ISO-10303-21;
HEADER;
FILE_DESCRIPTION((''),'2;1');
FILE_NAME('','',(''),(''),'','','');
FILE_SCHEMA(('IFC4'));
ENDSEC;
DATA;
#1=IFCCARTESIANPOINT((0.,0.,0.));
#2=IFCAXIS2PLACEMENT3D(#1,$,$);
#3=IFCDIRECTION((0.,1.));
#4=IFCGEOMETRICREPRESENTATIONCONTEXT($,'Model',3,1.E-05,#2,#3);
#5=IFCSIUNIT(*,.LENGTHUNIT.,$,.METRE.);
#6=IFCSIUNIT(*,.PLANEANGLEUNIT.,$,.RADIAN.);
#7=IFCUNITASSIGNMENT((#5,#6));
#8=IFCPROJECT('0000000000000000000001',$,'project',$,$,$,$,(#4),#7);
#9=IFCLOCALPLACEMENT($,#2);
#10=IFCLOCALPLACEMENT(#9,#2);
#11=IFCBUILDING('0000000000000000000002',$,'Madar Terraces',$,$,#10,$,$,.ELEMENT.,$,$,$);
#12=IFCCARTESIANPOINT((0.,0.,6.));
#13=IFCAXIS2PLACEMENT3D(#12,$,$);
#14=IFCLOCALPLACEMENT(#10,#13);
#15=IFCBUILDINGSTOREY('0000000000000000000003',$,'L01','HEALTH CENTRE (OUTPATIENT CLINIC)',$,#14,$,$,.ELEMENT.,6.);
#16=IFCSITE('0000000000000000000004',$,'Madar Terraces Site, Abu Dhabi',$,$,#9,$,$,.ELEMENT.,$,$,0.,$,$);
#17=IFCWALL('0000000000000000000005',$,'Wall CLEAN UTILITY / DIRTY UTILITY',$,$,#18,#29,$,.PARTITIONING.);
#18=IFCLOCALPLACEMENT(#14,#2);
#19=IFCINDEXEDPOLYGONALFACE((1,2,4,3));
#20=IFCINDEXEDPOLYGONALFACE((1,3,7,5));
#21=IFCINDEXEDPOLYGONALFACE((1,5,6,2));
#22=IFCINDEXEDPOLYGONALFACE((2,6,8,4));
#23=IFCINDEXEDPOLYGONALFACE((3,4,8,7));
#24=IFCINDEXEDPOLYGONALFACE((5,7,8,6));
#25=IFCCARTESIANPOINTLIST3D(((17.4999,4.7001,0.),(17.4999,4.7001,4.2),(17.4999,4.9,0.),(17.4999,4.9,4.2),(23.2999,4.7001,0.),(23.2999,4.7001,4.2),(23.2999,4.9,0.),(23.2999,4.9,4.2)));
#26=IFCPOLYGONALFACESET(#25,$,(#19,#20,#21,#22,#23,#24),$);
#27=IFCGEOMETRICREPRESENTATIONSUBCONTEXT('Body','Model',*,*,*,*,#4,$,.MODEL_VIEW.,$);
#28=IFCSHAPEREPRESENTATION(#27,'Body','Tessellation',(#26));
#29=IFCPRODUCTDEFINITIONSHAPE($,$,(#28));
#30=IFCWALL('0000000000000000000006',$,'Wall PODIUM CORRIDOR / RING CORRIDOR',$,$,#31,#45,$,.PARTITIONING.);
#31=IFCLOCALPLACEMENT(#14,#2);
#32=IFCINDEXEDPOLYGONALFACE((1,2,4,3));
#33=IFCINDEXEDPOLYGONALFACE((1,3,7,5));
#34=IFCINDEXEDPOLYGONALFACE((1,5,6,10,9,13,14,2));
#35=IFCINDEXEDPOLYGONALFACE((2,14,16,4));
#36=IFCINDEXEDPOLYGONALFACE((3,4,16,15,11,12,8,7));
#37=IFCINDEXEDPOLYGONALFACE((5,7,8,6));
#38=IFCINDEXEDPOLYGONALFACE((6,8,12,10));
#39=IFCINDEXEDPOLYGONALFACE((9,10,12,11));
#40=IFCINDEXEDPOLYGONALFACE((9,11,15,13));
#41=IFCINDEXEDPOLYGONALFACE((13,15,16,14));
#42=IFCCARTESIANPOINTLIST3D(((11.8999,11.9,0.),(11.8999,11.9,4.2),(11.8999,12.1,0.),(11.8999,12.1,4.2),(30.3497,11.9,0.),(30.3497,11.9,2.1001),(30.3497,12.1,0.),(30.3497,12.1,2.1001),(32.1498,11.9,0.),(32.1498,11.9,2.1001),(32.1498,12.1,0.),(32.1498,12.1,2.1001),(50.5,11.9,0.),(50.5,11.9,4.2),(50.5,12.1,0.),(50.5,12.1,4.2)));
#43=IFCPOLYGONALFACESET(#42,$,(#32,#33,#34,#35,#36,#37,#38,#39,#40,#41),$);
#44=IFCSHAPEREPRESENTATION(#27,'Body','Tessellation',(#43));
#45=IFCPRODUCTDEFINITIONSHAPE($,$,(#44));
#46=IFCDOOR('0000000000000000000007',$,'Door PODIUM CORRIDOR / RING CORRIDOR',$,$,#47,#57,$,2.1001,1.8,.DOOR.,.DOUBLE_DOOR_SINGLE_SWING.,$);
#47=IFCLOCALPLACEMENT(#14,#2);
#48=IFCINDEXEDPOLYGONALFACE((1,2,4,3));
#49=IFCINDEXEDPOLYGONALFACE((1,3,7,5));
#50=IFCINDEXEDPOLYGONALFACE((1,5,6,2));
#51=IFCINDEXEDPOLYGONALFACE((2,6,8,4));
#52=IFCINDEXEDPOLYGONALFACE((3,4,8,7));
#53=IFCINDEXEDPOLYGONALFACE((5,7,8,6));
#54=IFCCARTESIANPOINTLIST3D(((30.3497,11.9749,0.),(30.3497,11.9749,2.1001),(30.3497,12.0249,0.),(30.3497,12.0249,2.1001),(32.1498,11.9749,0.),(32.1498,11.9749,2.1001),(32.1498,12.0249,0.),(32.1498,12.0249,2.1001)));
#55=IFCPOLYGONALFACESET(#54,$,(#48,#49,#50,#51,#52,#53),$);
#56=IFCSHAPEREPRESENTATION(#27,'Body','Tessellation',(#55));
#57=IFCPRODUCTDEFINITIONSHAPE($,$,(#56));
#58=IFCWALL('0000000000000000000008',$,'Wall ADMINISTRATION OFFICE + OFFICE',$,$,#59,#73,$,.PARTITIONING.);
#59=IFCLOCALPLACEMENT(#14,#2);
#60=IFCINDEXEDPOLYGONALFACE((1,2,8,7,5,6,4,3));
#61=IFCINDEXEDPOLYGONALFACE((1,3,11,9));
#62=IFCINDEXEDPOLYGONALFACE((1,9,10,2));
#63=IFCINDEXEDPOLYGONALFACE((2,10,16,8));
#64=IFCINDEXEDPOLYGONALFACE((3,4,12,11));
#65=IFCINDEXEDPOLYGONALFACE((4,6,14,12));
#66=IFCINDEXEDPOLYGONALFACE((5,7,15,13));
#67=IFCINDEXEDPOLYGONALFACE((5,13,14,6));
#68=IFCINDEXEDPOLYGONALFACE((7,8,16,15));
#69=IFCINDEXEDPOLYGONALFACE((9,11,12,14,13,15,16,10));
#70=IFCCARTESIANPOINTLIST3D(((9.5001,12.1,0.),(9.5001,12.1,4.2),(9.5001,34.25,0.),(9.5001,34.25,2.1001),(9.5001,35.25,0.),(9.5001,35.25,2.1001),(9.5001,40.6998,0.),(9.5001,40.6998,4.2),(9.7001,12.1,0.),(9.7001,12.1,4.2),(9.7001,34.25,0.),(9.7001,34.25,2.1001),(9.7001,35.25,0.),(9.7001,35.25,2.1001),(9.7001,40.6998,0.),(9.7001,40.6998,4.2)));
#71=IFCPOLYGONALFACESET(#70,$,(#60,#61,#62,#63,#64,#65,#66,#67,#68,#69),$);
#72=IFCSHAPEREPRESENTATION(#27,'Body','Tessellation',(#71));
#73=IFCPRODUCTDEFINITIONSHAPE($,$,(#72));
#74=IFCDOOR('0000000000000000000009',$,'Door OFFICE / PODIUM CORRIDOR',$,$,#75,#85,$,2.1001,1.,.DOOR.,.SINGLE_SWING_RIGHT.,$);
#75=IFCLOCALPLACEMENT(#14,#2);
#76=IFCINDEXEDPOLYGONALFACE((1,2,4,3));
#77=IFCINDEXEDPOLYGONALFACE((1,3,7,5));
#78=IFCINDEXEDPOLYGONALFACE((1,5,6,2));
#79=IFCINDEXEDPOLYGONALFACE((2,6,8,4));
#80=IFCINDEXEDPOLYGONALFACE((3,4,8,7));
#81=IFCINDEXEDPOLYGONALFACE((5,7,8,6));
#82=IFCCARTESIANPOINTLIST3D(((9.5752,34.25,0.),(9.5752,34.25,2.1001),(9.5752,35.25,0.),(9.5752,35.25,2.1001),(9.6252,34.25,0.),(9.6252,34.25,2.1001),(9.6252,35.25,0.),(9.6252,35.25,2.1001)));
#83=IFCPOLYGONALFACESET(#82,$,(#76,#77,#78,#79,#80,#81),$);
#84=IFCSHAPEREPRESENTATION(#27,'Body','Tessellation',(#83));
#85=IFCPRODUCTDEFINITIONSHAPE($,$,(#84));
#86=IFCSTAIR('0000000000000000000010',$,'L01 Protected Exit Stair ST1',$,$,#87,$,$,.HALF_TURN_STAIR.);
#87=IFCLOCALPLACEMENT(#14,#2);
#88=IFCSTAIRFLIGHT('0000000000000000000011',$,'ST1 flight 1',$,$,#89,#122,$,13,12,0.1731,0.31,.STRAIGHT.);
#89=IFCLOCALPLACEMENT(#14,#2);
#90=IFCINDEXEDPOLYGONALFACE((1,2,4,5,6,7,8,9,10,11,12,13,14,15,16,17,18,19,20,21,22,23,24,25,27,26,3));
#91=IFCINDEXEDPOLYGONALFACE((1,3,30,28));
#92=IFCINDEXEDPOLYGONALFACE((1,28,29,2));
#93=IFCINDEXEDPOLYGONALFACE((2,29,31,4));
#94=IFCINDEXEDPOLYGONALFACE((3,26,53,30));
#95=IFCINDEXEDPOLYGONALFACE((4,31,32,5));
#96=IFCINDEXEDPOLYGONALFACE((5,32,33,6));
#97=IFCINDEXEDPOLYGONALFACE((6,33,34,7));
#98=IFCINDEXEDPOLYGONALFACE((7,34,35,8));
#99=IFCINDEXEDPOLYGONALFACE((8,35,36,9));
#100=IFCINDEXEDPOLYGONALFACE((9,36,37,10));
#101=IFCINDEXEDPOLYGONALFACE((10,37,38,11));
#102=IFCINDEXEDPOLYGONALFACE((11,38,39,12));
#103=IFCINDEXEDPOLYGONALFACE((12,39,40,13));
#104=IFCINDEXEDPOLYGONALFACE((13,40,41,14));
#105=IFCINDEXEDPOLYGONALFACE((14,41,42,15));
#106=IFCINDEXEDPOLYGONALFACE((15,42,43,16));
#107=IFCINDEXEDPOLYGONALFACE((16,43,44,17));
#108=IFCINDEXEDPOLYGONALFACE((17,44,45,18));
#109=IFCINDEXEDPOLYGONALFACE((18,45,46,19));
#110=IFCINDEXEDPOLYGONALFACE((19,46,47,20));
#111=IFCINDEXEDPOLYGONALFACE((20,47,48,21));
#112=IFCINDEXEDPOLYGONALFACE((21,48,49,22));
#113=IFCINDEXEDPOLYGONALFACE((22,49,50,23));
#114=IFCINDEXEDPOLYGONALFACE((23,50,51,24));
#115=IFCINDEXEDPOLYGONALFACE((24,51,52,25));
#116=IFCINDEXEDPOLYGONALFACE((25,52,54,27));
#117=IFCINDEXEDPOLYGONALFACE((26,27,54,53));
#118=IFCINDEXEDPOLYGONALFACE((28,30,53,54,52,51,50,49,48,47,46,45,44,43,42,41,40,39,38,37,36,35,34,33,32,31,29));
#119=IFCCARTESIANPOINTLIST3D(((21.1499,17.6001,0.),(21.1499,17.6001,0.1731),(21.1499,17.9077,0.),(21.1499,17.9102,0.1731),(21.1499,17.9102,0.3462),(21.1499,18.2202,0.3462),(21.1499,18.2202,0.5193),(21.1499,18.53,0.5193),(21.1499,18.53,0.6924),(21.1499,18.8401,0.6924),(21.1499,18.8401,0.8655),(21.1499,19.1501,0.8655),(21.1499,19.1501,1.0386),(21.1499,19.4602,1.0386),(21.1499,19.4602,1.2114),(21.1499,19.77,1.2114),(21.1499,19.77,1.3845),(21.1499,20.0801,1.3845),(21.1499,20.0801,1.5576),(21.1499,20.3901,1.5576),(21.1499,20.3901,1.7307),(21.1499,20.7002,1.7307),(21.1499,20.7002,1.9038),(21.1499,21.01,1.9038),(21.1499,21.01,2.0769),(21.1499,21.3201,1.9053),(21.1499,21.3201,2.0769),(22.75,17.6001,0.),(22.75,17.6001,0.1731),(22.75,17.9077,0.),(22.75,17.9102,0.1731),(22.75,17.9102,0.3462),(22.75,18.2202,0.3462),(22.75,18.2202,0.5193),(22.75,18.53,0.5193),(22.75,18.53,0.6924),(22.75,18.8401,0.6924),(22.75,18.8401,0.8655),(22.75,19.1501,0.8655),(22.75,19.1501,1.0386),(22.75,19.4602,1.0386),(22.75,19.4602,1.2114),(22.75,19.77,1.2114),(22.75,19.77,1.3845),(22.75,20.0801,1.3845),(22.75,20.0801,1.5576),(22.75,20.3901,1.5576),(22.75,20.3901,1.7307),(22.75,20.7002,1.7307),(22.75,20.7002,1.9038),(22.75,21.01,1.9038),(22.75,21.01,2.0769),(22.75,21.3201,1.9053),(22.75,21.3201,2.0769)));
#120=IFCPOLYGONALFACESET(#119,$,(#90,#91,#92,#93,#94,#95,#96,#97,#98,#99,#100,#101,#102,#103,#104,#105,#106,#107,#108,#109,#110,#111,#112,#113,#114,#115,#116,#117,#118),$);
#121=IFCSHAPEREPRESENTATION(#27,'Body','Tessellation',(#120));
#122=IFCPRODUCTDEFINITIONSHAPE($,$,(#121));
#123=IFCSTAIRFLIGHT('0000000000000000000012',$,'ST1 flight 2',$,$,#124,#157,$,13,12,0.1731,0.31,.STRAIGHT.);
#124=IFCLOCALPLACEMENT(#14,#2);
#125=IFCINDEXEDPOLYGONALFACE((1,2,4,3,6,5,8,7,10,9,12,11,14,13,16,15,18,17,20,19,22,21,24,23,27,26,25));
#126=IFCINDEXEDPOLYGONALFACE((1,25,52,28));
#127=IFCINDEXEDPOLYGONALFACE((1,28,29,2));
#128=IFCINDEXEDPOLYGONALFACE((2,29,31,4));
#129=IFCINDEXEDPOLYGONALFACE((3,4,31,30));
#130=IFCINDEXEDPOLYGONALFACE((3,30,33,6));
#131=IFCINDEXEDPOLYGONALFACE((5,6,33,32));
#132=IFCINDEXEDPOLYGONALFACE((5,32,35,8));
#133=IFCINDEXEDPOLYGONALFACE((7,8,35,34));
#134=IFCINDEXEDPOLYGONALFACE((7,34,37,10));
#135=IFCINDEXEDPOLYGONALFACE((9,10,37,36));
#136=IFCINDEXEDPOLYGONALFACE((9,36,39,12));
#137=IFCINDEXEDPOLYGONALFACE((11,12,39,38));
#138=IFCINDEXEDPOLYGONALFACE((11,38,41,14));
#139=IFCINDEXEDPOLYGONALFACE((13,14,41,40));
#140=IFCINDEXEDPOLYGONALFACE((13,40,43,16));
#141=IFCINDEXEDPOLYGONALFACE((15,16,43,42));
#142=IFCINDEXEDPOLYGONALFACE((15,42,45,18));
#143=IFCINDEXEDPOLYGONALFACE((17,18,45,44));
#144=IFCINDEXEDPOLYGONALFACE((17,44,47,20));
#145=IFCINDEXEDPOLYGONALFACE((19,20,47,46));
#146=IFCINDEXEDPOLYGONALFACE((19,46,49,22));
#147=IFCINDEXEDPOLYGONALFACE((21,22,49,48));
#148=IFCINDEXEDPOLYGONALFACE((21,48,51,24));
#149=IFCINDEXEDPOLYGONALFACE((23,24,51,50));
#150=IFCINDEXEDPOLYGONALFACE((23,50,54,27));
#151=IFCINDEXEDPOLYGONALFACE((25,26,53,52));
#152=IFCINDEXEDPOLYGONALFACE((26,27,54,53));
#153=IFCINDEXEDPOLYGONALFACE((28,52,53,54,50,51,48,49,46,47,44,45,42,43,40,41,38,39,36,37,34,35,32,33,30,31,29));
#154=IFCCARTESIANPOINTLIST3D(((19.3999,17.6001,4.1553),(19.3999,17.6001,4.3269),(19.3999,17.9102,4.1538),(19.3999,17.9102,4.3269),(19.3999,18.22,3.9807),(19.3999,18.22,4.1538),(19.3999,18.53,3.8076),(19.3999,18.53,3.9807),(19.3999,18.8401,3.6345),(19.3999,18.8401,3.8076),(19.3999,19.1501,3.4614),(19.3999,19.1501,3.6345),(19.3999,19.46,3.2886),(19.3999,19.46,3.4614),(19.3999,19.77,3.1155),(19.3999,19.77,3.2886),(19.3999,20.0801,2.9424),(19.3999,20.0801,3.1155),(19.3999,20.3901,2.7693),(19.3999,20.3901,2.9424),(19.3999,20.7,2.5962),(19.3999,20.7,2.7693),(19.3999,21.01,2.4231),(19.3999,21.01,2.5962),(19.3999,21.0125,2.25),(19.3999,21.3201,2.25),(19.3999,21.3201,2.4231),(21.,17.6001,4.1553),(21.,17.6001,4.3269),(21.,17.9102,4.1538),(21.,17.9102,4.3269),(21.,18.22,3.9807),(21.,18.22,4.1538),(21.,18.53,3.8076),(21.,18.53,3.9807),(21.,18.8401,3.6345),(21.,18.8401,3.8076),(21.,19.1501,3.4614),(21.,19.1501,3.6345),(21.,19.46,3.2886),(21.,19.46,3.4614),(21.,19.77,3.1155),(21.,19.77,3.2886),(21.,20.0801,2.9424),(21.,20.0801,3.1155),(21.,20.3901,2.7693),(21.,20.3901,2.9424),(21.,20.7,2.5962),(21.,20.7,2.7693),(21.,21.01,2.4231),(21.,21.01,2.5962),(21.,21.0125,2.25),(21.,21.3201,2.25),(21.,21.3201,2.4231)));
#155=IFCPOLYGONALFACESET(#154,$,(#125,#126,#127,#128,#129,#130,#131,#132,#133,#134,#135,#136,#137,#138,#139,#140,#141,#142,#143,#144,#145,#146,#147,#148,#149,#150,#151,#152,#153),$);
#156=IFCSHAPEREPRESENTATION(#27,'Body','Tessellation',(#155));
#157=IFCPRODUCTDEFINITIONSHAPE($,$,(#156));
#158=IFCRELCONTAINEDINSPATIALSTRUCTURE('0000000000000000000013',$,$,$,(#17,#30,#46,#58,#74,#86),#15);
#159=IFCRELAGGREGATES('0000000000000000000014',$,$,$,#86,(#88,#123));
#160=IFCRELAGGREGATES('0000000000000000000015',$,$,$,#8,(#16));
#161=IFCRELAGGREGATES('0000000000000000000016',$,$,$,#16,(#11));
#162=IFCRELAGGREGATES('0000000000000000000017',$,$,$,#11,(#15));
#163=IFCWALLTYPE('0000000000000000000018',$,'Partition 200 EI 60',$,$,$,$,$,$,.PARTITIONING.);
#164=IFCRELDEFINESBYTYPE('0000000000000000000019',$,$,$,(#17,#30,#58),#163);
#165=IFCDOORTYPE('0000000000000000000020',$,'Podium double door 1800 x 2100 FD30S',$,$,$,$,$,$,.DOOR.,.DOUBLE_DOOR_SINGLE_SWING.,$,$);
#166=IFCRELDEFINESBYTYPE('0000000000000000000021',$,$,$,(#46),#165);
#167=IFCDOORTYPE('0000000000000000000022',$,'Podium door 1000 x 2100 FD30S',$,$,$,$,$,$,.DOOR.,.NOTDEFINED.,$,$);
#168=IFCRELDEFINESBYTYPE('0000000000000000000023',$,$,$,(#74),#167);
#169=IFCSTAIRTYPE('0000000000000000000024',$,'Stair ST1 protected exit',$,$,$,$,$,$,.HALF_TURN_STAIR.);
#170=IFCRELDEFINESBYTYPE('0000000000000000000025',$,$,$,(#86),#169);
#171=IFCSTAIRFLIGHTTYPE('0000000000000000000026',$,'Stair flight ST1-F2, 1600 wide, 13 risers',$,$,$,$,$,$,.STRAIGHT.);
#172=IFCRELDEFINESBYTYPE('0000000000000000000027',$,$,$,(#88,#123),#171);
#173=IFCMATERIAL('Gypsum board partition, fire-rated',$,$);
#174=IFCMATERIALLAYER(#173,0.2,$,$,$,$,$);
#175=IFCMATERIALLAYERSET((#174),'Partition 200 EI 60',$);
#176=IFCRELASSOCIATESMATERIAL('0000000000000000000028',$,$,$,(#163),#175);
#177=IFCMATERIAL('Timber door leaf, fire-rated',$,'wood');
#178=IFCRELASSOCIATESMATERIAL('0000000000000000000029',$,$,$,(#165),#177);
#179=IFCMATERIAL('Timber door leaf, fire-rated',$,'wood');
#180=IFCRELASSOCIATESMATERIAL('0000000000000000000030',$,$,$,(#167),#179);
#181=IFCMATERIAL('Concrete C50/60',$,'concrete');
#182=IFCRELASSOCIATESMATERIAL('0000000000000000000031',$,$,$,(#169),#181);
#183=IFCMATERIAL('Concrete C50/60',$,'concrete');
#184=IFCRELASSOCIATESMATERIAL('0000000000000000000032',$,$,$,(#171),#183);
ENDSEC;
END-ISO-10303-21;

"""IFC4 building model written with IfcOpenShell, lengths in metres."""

from ifc_helpers import new_model, si_unit, direction, frame, frame_2d, origin, place, context, subcontext, project, spatial, polyline, rectangle, outline, extrude, material, layer, layer_set, type_object, element, fill, aggregate, save


model = new_model("IFC4")

# Units and contexts
model_context = context("Model", 3, precision=1e-05, world=origin(), true_north=direction((0.0, 1.0)))
body_context = subcontext(model_context, "Body", "Model", "MODEL_VIEW")
ifc_project = project(units=[si_unit("LENGTHUNIT", "METRE"), si_unit("PLANEANGLEUNIT", "RADIAN")], contexts=[model_context])

# Site, building, storey
site_placement = place(None, origin())
site = spatial("IfcSite", under=ifc_project, at=site_placement, Name="Madar Terraces Site, Abu Dhabi", CompositionType="ELEMENT", RefElevation=0.0)
building_placement = place(site_placement, origin())
building = spatial("IfcBuilding", under=site, at=building_placement, Name="Madar Terraces", CompositionType="ELEMENT")
storey_placement = place(building_placement, frame((0.0, 0.0, 6.0)))
storey = spatial("IfcBuildingStorey", under=building, at=storey_placement, Name="L01", Description="HEALTH CENTRE (OUTPATIENT CLINIC)", CompositionType="ELEMENT", Elevation=6.0)

# Wall
ifc_material_1 = material(Name="Gypsum board partition, fire-rated")
ifc_layer_1 = layer(ifc_material_1, 0.2)
ifc_layer_set_1 = layer_set([ifc_layer_1], Name="Partition 200 EI 60")
wall_type_1 = type_object("IfcWallType", Name="Partition 200 EI 60", PredefinedType="PARTITIONING", material=ifc_layer_set_1)
wall_1_placement = place(storey_placement, frame((17.5, 4.8, 0.0), z_axis=(0.0, 0.0, 1.0), x_axis=(1.0, 0.0, 0.0)))
element("IfcWall", 1, at=wall_1_placement, inside=storey, type_object=wall_type_1, Name="Wall CLEAN UTILITY / DIRTY UTILITY", PredefinedType="PARTITIONING", context=body_context, shape_type="SweptSolid", body=[
    extrude(rectangle(XDim=5.8, YDim=0.2, at=frame_2d((2.8999, 0.0))), origin(), (0.0, 0.0, 1.0), 4.2),
])

# Walls, openings, doors
wall_2_placement = place(storey_placement, frame((11.8999, 12.0, 0.0), z_axis=(0.0, 0.0, 1.0), x_axis=(1.0, 0.0, 0.0)))
wall_2 = element("IfcWall", 2, at=wall_2_placement, inside=storey, type_object=wall_type_1, Name="Wall PODIUM CORRIDOR / RING CORRIDOR", PredefinedType="PARTITIONING", context=body_context, shape_type="SweptSolid", body=[
    extrude(rectangle(XDim=38.6001, YDim=0.2, at=frame_2d((19.3, 0.0))), origin(), (0.0, 0.0, 1.0), 4.2),
])
opening_1_placement = place(wall_2_placement, frame((18.45, 0.0, 0.0)))
opening_1 = element("IfcOpeningElement", 3, at=opening_1_placement, cuts=wall_2, PredefinedType="OPENING", context=body_context, shape_type="SweptSolid", body=[
    extrude(rectangle(XDim=1.8, YDim=2.1001, at=frame_2d((0.8999, 1.05))), frame((0.0, 0.1099, 0.0), z_axis=(0.0, -1.0, 0.0), x_axis=(1.0, 0.0, 0.0)), (0.0, 0.0, 1.0), 0.22),
])
ifc_material_2 = material(Name="Timber door leaf, fire-rated", Category="wood")
door_type_1 = type_object("IfcDoorType", Name="Podium double door 1800 x 2100 FD30S", OperationType="DOUBLE_DOOR_SINGLE_SWING", PredefinedType="DOOR", material=ifc_material_2)
door_1_placement = place(opening_1_placement, origin())
door_1 = element("IfcDoor", 4, at=door_1_placement, inside=storey, type_object=door_type_1, Name="Door PODIUM CORRIDOR / RING CORRIDOR", OperationType="DOUBLE_DOOR_SINGLE_SWING", OverallHeight=2.1001, OverallWidth=1.8, PredefinedType="DOOR", context=body_context, shape_type="SweptSolid", body=[
    extrude(rectangle(XDim=1.8, YDim=2.1001, at=frame_2d((0.8999, 1.05))), frame((0.0, 0.0249, 0.0), z_axis=(0.0, -1.0, 0.0), x_axis=(1.0, 0.0, 0.0)), (0.0, 0.0, 1.0), 0.05),
])
fill(opening_1, door_1)
wall_3_placement = place(storey_placement, frame((9.6001, 12.1001, 0.0), z_axis=(0.0, 0.0, 1.0), x_axis=(0.0, 1.0, 0.0)))
wall_3 = element("IfcWall", 5, at=wall_3_placement, inside=storey, type_object=wall_type_1, Name="Wall ADMINISTRATION OFFICE + OFFICE", PredefinedType="PARTITIONING", context=body_context, shape_type="SweptSolid", body=[
    extrude(rectangle(XDim=28.5999, YDim=0.2, at=frame_2d((14.2998, 0.0))), origin(), (0.0, 0.0, 1.0), 4.2),
])
opening_2_placement = place(wall_3_placement, frame((22.1499, 0.0, 0.0)))
opening_2 = element("IfcOpeningElement", 6, at=opening_2_placement, cuts=wall_3, PredefinedType="OPENING", context=body_context, shape_type="SweptSolid", body=[
    extrude(rectangle(XDim=1.0, YDim=2.1001, at=frame_2d((0.5, 1.05))), frame((0.0, 0.1099, 0.0), z_axis=(0.0, -1.0, 0.0), x_axis=(1.0, 0.0, 0.0)), (0.0, 0.0, 1.0), 0.22),
])
ifc_material_3 = material(Name="Timber door leaf, fire-rated", Category="wood")
door_type_2 = type_object("IfcDoorType", Name="Podium door 1000 x 2100 FD30S", OperationType="NOTDEFINED", PredefinedType="DOOR", material=ifc_material_3)
door_2_placement = place(opening_2_placement, origin())
door_2 = element("IfcDoor", 7, at=door_2_placement, inside=storey, type_object=door_type_2, Name="Door OFFICE / PODIUM CORRIDOR", OperationType="SINGLE_SWING_RIGHT", OverallHeight=2.1001, OverallWidth=1.0, PredefinedType="DOOR", context=body_context, shape_type="SweptSolid", body=[
    extrude(rectangle(XDim=1.0, YDim=2.1001, at=frame_2d((0.5, 1.05))), frame((0.0, 0.0249, 0.0), z_axis=(0.0, -1.0, 0.0), x_axis=(1.0, 0.0, 0.0)), (0.0, 0.0, 1.0), 0.05),
])
fill(opening_2, door_2)

# Stair, stair flights
ifc_material_4 = material(Name="Concrete C50/60", Category="concrete")
stair_type = type_object("IfcStairType", Name="Stair ST1 protected exit", PredefinedType="HALF_TURN_STAIR", material=ifc_material_4)
stair_placement = place(storey_placement, origin())
stair = element("IfcStair", 8, at=stair_placement, inside=storey, type_object=stair_type, Name="L01 Protected Exit Stair ST1", PredefinedType="HALF_TURN_STAIR")
ifc_material_5 = material(Name="Concrete C50/60", Category="concrete")
stair_flight_type = type_object("IfcStairFlightType", Name="Stair flight ST1-F2, 1600 wide, 13 risers", PredefinedType="STRAIGHT", material=ifc_material_5)
stair_flight_1_placement = place(storey_placement, frame((21.95, 17.6001, 0.0), z_axis=(0.0, 0.0, 1.0), x_axis=(0.0, 1.0, 0.0)))
stair_flight_1 = element("IfcStairFlight", 9, at=stair_flight_1_placement, type_object=stair_flight_type, Name="ST1 flight 1", NumberOfRisers=13, NumberOfTreads=12, PredefinedType="STRAIGHT", RiserHeight=0.1731, TreadLength=0.31, context=body_context, shape_type="SweptSolid", body=[
    extrude(outline(polyline([(0.0, 0.0), (0.0, 0.1731), (0.3101, 0.1731), (0.3101, 0.3462), (0.6201, 0.3462), (0.6201, 0.5193), (0.9299, 0.5193), (0.9299, 0.6924), (1.24, 0.6924), (1.24, 0.8655), (1.55, 0.8655), (1.55, 1.0386), (1.8601, 1.0386), (1.8601, 1.2114), (2.1699, 1.2114), (2.1699, 1.3845), (2.48, 1.3845), (2.48, 1.5576), (2.79, 1.5576), (2.79, 1.7307), (3.1001, 1.7307), (3.1001, 1.9038), (3.4099, 1.9038), (3.4099, 2.0769), (3.72, 2.0769), (3.72, 2.25), (3.72, 1.9053), (0.3076, 0.0), (0.0, 0.0)])), frame((0.0, 0.8, 0.0), z_axis=(0.0, -1.0, 0.0), x_axis=(1.0, 0.0, 0.0)), (0.0, 0.0, 1.0), 1.6001),
])
stair_flight_2_placement = place(storey_placement, frame((20.2, 21.3201, 2.25), z_axis=(0.0, 0.0, 1.0), x_axis=(0.0, -1.0, 0.0)))
stair_flight_2 = element("IfcStairFlight", 10, at=stair_flight_2_placement, type_object=stair_flight_type, Name="ST1 flight 2", NumberOfRisers=13, NumberOfTreads=12, PredefinedType="STRAIGHT", RiserHeight=0.1731, TreadLength=0.31, context=body_context, shape_type="SweptSolid", body=[
    extrude(outline(polyline([(0.0, 0.0), (0.0, 0.1731), (0.3101, 0.1731), (0.3101, 0.3462), (0.6201, 0.3462), (0.6201, 0.5193), (0.9299, 0.5193), (0.9299, 0.6924), (1.24, 0.6924), (1.24, 0.8655), (1.55, 0.8655), (1.55, 1.0386), (1.8601, 1.0386), (1.8601, 1.2114), (2.1699, 1.2114), (2.1699, 1.3845), (2.48, 1.3845), (2.48, 1.5576), (2.79, 1.5576), (2.79, 1.7307), (3.1001, 1.7307), (3.1001, 1.9038), (3.4099, 1.9038), (3.4099, 2.0769), (3.72, 2.0769), (3.72, 2.25), (3.72, 1.9053), (0.3076, 0.0), (0.0, 0.0)])), frame((0.0, 0.8, 0.0), z_axis=(0.0, -1.0, 0.0), x_axis=(1.0, 0.0, 0.0)), (0.0, 0.0, 1.0), 1.6001),
])
aggregate(stair, [stair_flight_1, stair_flight_2])

save(model, "model.ifc")
